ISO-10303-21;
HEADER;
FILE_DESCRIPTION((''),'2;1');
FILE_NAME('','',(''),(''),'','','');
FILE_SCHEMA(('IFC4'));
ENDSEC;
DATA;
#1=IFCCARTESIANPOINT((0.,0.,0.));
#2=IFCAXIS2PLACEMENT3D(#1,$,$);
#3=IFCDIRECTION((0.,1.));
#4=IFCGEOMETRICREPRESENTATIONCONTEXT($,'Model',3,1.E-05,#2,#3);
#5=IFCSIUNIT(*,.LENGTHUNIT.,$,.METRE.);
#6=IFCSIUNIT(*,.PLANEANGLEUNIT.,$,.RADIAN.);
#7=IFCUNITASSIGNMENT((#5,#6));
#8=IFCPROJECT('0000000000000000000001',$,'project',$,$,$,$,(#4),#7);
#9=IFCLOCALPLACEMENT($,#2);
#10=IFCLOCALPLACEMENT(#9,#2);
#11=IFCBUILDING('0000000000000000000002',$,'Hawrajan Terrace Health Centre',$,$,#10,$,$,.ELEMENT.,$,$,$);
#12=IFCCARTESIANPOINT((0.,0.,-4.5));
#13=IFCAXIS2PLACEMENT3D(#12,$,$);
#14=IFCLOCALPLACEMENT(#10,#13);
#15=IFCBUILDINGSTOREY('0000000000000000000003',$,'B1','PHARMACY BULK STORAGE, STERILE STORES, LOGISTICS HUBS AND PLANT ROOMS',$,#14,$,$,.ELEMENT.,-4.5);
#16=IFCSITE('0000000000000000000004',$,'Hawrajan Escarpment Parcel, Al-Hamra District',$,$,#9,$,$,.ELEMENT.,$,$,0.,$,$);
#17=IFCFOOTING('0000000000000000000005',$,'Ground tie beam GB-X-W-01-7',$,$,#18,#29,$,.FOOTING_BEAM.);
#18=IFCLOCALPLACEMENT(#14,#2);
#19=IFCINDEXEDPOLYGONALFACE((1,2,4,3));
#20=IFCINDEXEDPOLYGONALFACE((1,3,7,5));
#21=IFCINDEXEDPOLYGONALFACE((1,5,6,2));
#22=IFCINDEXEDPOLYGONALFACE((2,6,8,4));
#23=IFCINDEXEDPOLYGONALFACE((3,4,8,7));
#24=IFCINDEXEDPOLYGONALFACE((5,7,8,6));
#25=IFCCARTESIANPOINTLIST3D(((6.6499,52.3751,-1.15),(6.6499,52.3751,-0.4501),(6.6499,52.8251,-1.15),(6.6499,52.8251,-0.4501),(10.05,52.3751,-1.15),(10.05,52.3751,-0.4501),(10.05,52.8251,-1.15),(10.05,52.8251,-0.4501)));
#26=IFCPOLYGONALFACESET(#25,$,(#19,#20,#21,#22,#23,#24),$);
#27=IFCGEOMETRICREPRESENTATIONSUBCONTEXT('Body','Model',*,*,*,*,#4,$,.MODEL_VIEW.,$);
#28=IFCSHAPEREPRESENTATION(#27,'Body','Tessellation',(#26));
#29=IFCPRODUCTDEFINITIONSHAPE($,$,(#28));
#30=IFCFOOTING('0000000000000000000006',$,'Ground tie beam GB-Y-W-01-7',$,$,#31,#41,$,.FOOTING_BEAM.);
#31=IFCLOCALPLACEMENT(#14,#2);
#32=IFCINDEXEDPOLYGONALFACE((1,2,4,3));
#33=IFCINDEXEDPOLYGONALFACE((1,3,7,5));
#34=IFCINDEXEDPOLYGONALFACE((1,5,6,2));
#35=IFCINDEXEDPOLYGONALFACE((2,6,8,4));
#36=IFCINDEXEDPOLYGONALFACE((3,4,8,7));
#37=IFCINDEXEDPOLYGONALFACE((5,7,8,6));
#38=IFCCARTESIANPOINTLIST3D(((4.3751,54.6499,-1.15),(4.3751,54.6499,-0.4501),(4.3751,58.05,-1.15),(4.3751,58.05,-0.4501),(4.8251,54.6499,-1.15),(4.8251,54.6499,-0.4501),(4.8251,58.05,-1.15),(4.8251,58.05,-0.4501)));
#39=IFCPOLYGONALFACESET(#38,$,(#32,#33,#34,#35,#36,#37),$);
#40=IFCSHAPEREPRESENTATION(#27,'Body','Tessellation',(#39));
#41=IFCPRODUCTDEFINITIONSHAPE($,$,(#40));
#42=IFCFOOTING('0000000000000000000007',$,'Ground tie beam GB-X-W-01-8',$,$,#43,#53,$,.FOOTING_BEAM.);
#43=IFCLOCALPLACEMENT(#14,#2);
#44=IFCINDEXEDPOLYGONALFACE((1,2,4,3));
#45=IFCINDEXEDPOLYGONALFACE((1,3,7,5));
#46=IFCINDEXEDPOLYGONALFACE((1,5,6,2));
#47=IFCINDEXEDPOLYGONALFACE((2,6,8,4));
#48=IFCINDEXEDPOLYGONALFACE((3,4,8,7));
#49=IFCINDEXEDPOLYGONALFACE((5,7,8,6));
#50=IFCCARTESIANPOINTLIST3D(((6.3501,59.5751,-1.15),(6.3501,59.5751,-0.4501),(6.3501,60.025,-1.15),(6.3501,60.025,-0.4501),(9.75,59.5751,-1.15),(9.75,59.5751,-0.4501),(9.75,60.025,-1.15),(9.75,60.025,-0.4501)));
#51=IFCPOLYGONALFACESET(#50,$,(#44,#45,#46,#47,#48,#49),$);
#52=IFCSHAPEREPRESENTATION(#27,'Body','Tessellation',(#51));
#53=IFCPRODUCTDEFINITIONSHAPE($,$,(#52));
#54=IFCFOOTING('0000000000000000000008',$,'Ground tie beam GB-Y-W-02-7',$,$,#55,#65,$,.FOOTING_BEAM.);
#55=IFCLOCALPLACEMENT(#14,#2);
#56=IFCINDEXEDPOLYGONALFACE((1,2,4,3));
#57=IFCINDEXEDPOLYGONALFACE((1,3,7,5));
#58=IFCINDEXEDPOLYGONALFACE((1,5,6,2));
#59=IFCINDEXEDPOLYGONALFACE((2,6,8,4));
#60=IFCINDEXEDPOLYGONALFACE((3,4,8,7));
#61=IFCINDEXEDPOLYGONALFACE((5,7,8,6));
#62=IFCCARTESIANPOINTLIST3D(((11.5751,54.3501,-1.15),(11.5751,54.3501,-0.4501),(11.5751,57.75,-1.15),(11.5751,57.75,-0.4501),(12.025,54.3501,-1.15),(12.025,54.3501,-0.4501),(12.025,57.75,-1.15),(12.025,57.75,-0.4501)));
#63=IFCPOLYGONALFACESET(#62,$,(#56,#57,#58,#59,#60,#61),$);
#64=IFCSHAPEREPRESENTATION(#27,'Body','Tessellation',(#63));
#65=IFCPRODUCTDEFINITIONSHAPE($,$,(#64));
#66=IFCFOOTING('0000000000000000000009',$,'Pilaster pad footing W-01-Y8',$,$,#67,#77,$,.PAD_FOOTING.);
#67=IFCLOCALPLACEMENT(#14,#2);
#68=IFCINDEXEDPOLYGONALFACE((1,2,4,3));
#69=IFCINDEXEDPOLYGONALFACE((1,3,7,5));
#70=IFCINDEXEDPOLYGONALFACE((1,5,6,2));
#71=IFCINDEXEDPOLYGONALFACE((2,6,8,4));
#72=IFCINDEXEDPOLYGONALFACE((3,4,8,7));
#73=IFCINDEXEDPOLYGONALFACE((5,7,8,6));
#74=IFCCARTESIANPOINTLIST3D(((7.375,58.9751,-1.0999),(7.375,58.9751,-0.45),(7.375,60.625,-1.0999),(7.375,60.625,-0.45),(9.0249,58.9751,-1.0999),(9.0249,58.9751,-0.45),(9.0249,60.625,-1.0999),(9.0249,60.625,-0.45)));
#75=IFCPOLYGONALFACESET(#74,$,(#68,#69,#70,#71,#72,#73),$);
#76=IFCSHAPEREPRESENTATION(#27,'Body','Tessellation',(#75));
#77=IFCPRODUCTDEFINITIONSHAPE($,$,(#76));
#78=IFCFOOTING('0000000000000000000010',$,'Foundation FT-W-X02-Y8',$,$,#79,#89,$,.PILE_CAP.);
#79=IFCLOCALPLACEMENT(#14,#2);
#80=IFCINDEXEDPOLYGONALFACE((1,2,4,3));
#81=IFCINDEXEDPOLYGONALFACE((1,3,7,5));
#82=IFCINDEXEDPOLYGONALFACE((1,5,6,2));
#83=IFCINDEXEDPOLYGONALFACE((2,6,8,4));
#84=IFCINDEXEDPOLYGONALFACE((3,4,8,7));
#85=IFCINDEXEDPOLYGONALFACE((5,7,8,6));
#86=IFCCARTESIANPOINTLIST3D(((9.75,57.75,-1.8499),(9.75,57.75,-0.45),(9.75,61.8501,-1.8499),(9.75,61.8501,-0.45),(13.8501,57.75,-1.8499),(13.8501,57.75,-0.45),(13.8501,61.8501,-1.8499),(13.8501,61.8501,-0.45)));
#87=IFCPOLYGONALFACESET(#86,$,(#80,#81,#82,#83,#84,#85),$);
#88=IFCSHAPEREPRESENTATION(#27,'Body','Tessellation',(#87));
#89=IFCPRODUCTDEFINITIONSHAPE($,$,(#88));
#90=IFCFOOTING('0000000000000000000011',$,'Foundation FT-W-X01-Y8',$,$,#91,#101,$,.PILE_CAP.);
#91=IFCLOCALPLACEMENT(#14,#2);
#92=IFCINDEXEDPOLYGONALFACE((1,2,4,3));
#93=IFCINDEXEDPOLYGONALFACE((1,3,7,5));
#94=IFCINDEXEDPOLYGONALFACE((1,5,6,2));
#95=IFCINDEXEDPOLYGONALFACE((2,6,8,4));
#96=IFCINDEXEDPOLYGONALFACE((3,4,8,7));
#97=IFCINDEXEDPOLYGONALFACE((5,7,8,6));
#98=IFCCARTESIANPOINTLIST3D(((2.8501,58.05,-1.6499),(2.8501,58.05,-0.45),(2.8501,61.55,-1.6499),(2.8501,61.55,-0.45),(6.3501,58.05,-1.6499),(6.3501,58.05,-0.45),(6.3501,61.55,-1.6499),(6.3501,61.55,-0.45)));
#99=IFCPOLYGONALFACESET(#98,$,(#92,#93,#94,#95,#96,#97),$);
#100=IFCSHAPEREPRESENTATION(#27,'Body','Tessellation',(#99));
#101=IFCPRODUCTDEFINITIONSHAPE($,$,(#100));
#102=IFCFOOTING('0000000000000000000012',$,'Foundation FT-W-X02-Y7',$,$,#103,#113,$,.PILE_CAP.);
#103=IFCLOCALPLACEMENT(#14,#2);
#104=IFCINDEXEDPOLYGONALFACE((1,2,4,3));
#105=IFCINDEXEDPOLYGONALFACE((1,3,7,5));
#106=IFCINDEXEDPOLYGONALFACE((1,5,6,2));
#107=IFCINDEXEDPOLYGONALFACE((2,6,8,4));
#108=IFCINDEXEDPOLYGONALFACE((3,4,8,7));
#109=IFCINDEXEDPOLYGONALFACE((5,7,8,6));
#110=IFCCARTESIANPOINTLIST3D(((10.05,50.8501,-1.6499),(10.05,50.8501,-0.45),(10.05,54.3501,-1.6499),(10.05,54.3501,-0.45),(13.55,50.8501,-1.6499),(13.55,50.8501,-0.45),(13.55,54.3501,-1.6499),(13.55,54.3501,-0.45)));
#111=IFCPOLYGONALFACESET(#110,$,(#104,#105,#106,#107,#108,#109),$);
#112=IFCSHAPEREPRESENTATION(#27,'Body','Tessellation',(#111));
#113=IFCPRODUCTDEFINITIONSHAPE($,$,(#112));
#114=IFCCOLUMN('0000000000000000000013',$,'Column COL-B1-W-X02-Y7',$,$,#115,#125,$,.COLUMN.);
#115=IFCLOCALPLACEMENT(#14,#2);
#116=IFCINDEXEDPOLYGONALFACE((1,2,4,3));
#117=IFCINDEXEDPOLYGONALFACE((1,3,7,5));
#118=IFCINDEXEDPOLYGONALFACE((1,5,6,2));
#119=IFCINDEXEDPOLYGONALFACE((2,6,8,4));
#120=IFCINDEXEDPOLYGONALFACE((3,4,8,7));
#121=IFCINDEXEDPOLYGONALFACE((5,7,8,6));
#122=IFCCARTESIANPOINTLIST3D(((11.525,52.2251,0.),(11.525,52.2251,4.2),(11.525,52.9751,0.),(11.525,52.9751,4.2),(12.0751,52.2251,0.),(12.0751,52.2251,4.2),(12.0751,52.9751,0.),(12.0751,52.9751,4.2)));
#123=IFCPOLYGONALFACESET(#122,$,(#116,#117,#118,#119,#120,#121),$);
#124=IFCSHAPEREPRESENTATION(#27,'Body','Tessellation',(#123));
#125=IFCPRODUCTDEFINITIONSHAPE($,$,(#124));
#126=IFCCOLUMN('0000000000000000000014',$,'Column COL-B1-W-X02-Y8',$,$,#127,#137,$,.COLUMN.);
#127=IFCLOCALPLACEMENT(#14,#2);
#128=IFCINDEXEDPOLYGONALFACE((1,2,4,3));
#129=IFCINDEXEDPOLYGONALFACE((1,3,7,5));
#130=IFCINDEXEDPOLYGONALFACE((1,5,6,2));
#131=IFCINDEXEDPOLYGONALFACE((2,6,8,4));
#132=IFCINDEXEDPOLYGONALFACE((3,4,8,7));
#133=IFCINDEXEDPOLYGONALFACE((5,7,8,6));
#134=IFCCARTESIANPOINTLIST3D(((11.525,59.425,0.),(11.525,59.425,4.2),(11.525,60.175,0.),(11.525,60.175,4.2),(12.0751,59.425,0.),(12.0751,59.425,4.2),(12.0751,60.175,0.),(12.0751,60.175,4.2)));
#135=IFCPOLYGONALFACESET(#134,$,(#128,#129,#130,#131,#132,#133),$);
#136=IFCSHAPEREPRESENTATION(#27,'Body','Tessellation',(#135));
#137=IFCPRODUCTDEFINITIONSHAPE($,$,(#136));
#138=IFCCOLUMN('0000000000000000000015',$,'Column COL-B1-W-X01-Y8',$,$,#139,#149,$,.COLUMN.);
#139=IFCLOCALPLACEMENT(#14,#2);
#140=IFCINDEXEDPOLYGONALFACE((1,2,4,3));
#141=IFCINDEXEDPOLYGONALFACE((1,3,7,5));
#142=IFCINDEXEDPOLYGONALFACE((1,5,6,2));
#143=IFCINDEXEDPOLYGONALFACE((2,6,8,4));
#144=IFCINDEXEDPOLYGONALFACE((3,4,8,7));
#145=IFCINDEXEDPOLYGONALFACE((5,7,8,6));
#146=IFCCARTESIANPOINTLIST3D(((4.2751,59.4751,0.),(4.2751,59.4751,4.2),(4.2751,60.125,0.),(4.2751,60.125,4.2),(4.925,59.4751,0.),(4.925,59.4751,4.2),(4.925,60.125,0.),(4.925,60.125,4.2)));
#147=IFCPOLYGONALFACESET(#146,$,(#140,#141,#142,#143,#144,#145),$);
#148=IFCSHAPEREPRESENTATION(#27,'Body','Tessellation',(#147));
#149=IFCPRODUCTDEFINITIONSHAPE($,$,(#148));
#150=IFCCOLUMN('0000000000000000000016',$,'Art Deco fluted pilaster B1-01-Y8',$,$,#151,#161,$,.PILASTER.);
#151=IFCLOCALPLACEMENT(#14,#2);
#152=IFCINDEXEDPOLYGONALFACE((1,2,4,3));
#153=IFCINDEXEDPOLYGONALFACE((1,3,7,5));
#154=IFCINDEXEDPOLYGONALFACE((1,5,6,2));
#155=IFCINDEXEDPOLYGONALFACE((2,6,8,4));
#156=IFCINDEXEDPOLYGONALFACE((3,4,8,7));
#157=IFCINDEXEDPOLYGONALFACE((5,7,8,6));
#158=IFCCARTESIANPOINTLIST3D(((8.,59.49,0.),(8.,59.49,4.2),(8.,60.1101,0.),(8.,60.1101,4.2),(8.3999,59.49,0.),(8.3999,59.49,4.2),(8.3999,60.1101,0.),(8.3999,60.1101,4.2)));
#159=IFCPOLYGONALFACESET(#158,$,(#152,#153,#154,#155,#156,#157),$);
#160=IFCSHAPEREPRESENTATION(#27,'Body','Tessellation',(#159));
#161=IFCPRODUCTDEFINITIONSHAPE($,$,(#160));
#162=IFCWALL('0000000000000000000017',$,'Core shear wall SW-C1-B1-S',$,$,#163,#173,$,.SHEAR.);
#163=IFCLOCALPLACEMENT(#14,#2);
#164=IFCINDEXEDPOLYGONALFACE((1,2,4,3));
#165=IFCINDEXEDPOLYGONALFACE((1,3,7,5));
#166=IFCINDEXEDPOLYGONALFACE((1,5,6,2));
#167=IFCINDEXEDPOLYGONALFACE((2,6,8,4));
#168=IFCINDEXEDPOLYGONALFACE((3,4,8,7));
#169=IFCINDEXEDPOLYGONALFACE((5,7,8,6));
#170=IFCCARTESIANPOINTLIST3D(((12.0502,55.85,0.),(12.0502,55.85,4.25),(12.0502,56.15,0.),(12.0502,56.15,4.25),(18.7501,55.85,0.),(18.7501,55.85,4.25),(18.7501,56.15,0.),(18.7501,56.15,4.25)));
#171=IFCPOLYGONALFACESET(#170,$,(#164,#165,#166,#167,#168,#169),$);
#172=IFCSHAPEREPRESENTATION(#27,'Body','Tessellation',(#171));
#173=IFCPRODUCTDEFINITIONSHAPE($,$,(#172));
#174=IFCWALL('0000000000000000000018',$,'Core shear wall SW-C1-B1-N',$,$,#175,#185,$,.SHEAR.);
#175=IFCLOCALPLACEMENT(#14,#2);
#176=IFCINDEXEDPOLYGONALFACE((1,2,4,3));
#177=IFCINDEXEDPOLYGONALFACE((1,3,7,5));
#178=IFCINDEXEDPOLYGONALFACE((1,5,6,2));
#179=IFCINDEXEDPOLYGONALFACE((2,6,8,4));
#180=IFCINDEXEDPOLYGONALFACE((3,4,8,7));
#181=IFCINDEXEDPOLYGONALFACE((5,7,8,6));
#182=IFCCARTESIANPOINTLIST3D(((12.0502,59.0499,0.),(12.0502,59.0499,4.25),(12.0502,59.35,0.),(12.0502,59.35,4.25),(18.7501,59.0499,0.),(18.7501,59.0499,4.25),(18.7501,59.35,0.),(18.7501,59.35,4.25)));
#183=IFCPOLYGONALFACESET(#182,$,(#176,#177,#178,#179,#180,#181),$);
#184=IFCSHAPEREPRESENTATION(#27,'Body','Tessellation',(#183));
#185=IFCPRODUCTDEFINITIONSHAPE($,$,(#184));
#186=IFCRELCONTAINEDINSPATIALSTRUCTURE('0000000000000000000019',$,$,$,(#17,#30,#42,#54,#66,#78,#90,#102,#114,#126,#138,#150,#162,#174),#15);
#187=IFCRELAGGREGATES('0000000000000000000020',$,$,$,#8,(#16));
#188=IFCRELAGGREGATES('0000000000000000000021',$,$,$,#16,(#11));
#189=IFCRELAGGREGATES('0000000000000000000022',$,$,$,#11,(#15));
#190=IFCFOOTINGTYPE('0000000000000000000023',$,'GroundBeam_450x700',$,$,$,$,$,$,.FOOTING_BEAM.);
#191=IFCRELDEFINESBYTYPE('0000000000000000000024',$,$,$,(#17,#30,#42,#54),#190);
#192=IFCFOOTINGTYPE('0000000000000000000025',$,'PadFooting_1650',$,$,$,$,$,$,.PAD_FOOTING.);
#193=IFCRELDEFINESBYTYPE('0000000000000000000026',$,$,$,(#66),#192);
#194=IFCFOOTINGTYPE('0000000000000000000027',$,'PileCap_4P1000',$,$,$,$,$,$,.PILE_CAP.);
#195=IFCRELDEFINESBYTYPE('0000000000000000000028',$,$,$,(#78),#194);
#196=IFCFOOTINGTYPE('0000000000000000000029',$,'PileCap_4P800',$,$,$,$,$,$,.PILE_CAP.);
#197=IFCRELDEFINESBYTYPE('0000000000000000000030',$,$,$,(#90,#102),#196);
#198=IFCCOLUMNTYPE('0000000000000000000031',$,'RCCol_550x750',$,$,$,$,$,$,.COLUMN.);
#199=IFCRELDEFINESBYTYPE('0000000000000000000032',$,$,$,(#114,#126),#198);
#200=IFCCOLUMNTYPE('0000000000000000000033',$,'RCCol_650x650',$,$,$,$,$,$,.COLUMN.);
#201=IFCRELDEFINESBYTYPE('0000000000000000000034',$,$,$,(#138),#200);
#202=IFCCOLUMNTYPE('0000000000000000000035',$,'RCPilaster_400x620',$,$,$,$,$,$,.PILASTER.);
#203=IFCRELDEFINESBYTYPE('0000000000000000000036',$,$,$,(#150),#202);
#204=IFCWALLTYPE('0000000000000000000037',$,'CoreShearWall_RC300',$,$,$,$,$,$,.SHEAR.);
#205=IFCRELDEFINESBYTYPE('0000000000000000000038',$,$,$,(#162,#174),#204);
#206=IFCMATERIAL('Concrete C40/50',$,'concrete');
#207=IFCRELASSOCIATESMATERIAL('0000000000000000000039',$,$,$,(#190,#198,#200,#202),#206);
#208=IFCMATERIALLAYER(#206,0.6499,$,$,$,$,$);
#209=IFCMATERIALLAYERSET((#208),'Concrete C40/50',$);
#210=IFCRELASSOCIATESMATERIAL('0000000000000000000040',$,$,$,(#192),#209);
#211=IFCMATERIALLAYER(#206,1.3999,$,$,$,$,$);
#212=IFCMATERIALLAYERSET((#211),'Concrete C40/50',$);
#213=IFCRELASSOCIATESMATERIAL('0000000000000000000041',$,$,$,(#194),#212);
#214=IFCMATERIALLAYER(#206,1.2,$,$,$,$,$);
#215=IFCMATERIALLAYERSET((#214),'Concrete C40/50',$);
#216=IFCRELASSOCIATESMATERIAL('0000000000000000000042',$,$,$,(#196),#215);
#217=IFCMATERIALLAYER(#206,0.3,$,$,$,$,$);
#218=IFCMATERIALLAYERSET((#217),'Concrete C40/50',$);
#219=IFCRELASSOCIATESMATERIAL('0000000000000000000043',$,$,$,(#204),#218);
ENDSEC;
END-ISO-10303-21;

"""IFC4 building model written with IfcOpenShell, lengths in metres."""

from ifc_helpers import new_model, si_unit, direction, frame, frame_2d, origin, origin_2d, place, context, subcontext, project, spatial, rectangle, extrude, material, layer, layer_set, material_profile, profile_set, type_object, element, save


model = new_model("IFC4")

# Units and contexts
model_context = context("Model", 3, precision=1e-05, world=origin(), true_north=direction((0.0, 1.0)))
body_context = subcontext(model_context, "Body", "Model", "MODEL_VIEW")
ifc_project = project(units=[si_unit("LENGTHUNIT", "METRE"), si_unit("PLANEANGLEUNIT", "RADIAN")], contexts=[model_context])

# Site, building, storey
site_placement = place(None, origin())
site = spatial("IfcSite", under=ifc_project, at=site_placement, Name="Hawrajan Escarpment Parcel, Al-Hamra District", CompositionType="ELEMENT", RefElevation=0.0)
building_placement = place(site_placement, origin())
building = spatial("IfcBuilding", under=site, at=building_placement, Name="Hawrajan Terrace Health Centre", CompositionType="ELEMENT")
storey_placement = place(building_placement, frame((0.0, 0.0, -4.5)))
storey = spatial("IfcBuildingStorey", under=building, at=storey_placement, Name="B1", Description="PHARMACY BULK STORAGE, STERILE STORES, LOGISTICS HUBS AND PLANT ROOMS", CompositionType="ELEMENT", Elevation=-4.5)

# Shared definitions
ifc_material_1 = material(Name="Concrete C40/50", Category="concrete")

# Footings
ifc_material_profile_1 = material_profile(ifc_material_1, rectangle(XDim=0.45, YDim=0.7, at=origin_2d()), Name="RC BM 450x700")
ifc_profile_set_1 = profile_set([ifc_material_profile_1], Name="Concrete C40/50")
footing_type_1 = type_object("IfcFootingType", Name="GroundBeam_450x700", PredefinedType="FOOTING_BEAM", material=ifc_profile_set_1)
for number, where, z_axis, x_axis, name in (
    (1, (6.6499, 52.6001, -0.8), (1.0, 0.0, 0.0), (0.0, 1.0, 0.0), "Ground tie beam GB-X-W-01-7"),
    (2, (4.6001, 54.6499, -0.8), (0.0, 1.0, 0.0), (-1.0, 0.0, 0.0), "Ground tie beam GB-Y-W-01-7"),
):
    element("IfcFooting", number, at=place(storey_placement, frame(where, z_axis=z_axis, x_axis=x_axis)), inside=storey, type_object=footing_type_1, Name=name, PredefinedType="FOOTING_BEAM", context=body_context, shape_type="SweptSolid", body=[
        extrude(rectangle(XDim=0.45, YDim=0.7, at=origin_2d()), origin(), (0.0, 0.0, 1.0), 3.4001),
    ])
for number, where, z_axis, x_axis, name in (
    (3, (6.3501, 59.8, -0.8), (1.0, 0.0, 0.0), (0.0, 1.0, 0.0), "Ground tie beam GB-X-W-01-8"),
    (4, (11.8, 54.3501, -0.8), (0.0, 1.0, 0.0), (-1.0, 0.0, 0.0), "Ground tie beam GB-Y-W-02-7"),
):
    element("IfcFooting", number, at=place(storey_placement, frame(where, z_axis=z_axis, x_axis=x_axis)), inside=storey, type_object=footing_type_1, Name=name, PredefinedType="FOOTING_BEAM", context=body_context, shape_type="SweptSolid", body=[
        extrude(rectangle(XDim=0.45, YDim=0.7, at=origin_2d()), origin(), (0.0, 0.0, 1.0), 3.3999),
    ])
ifc_layer_1 = layer(ifc_material_1, 0.6499)
ifc_layer_set_1 = layer_set([ifc_layer_1], Name="Concrete C40/50")
footing_type_2 = type_object("IfcFootingType", Name="PadFooting_1650", PredefinedType="PAD_FOOTING", material=ifc_layer_set_1)
footing_1_placement = place(storey_placement, frame((8.2, 59.8, -1.0999), z_axis=(0.0, 0.0, 1.0), x_axis=(1.0, 0.0, 0.0)))
element("IfcFooting", 5, at=footing_1_placement, inside=storey, type_object=footing_type_2, Name="Pilaster pad footing W-01-Y8", PredefinedType="PAD_FOOTING", context=body_context, shape_type="SweptSolid", body=[
    extrude(rectangle(XDim=1.6499, YDim=1.6499, at=origin_2d()), origin(), (0.0, 0.0, 1.0), 0.6499),
])
ifc_layer_2 = layer(ifc_material_1, 1.3999)
ifc_layer_set_2 = layer_set([ifc_layer_2], Name="Concrete C40/50")
footing_type_3 = type_object("IfcFootingType", Name="PileCap_4P1000", PredefinedType="PILE_CAP", material=ifc_layer_set_2)
footing_2_placement = place(storey_placement, frame((11.8, 59.8, -1.8499), z_axis=(0.0, 0.0, 1.0), x_axis=(1.0, 0.0, 0.0)))
element("IfcFooting", 6, at=footing_2_placement, inside=storey, type_object=footing_type_3, Name="Foundation FT-W-X02-Y8", PredefinedType="PILE_CAP", context=body_context, shape_type="SweptSolid", body=[
    extrude(rectangle(XDim=4.1001, YDim=4.1001, at=origin_2d()), origin(), (0.0, 0.0, 1.0), 1.3999),
])
ifc_layer_3 = layer(ifc_material_1, 1.2)
ifc_layer_set_3 = layer_set([ifc_layer_3], Name="Concrete C40/50")
footing_type_4 = type_object("IfcFootingType", Name="PileCap_4P800", PredefinedType="PILE_CAP", material=ifc_layer_set_3)
for number, where, z_axis, x_axis, name in (
    (7, (4.6001, 59.8, -1.6499), (0.0, 0.0, 1.0), (1.0, 0.0, 0.0), "Foundation FT-W-X01-Y8"),
    (8, (11.8, 52.6001, -1.6499), (0.0, 0.0, 1.0), (1.0, 0.0, 0.0), "Foundation FT-W-X02-Y7"),
):
    element("IfcFooting", number, at=place(storey_placement, frame(where, z_axis=z_axis, x_axis=x_axis)), inside=storey, type_object=footing_type_4, Name=name, PredefinedType="PILE_CAP", context=body_context, shape_type="SweptSolid", body=[
        extrude(rectangle(XDim=3.5, YDim=3.5, at=origin_2d()), origin(), (0.0, 0.0, 1.0), 1.2),
    ])

# Columns
ifc_material_profile_2 = material_profile(ifc_material_1, rectangle(XDim=0.55, YDim=0.75, at=origin_2d()), Name="RC 550x750")
ifc_profile_set_2 = profile_set([ifc_material_profile_2], Name="Concrete C40/50")
column_type_1 = type_object("IfcColumnType", Name="RCCol_550x750", PredefinedType="COLUMN", material=ifc_profile_set_2)
for number, where, z_axis, x_axis, name in (
    (9, (11.8, 52.6001, 0.0), (0.0, 0.0, 1.0), (1.0, 0.0, 0.0), "Column COL-B1-W-X02-Y7"),
    (10, (11.8, 59.8, 0.0), (0.0, 0.0, 1.0), (1.0, 0.0, 0.0), "Column COL-B1-W-X02-Y8"),
):
    element("IfcColumn", number, at=place(storey_placement, frame(where, z_axis=z_axis, x_axis=x_axis)), inside=storey, type_object=column_type_1, Name=name, PredefinedType="COLUMN", context=body_context, shape_type="SweptSolid", body=[
        extrude(rectangle(XDim=0.55, YDim=0.75, at=origin_2d()), origin(), (0.0, 0.0, 1.0), 4.2),
    ])
ifc_material_profile_3 = material_profile(ifc_material_1, rectangle(XDim=0.6499, YDim=0.6499, at=origin_2d()), Name="RC 650x650")
ifc_profile_set_3 = profile_set([ifc_material_profile_3], Name="Concrete C40/50")
column_type_2 = type_object("IfcColumnType", Name="RCCol_650x650", PredefinedType="COLUMN", material=ifc_profile_set_3)
column_1_placement = place(storey_placement, frame((4.6001, 59.8, 0.0), z_axis=(0.0, 0.0, 1.0), x_axis=(1.0, 0.0, 0.0)))
element("IfcColumn", 11, at=column_1_placement, inside=storey, type_object=column_type_2, Name="Column COL-B1-W-X01-Y8", PredefinedType="COLUMN", context=body_context, shape_type="SweptSolid", body=[
    extrude(rectangle(XDim=0.6499, YDim=0.6499, at=origin_2d()), origin(), (0.0, 0.0, 1.0), 4.2),
])
ifc_material_profile_4 = material_profile(ifc_material_1, rectangle(XDim=0.3999, YDim=0.6201, at=origin_2d()), Name="RC PIL 400x620")
ifc_profile_set_4 = profile_set([ifc_material_profile_4], Name="Concrete C40/50")
column_type_3 = type_object("IfcColumnType", Name="RCPilaster_400x620", PredefinedType="PILASTER", material=ifc_profile_set_4)
column_2_placement = place(storey_placement, frame((8.2, 59.8, 0.0), z_axis=(0.0, 0.0, 1.0), x_axis=(1.0, 0.0, 0.0)))
element("IfcColumn", 12, at=column_2_placement, inside=storey, type_object=column_type_3, Name="Art Deco fluted pilaster B1-01-Y8", PredefinedType="PILASTER", context=body_context, shape_type="SweptSolid", body=[
    extrude(rectangle(XDim=0.3999, YDim=0.6201, at=origin_2d()), origin(), (0.0, 0.0, 1.0), 4.2),
])

# Walls
ifc_layer_4 = layer(ifc_material_1, 0.3)
ifc_layer_set_4 = layer_set([ifc_layer_4], Name="Concrete C40/50")
wall_type_1 = type_object("IfcWallType", Name="CoreShearWall_RC300", PredefinedType="SHEAR", material=ifc_layer_set_4)
for number, where, z_axis, x_axis, name in (
    (13, (12.05, 56.0, 0.0), (0.0, 0.0, 1.0), (1.0, 0.0, 0.0), "Core shear wall SW-C1-B1-S"),
    (14, (12.05, 59.2, 0.0), (0.0, 0.0, 1.0), (1.0, 0.0, 0.0), "Core shear wall SW-C1-B1-N"),
):
    element("IfcWall", number, at=place(storey_placement, frame(where, z_axis=z_axis, x_axis=x_axis)), inside=storey, type_object=wall_type_1, Name=name, PredefinedType="SHEAR", context=body_context, shape_type="SweptSolid", body=[
        extrude(rectangle(XDim=6.7, YDim=0.3, at=frame_2d((3.3501, 0.0))), origin(), (0.0, 0.0, 1.0), 4.25),
    ])

save(model, "model.ifc")
